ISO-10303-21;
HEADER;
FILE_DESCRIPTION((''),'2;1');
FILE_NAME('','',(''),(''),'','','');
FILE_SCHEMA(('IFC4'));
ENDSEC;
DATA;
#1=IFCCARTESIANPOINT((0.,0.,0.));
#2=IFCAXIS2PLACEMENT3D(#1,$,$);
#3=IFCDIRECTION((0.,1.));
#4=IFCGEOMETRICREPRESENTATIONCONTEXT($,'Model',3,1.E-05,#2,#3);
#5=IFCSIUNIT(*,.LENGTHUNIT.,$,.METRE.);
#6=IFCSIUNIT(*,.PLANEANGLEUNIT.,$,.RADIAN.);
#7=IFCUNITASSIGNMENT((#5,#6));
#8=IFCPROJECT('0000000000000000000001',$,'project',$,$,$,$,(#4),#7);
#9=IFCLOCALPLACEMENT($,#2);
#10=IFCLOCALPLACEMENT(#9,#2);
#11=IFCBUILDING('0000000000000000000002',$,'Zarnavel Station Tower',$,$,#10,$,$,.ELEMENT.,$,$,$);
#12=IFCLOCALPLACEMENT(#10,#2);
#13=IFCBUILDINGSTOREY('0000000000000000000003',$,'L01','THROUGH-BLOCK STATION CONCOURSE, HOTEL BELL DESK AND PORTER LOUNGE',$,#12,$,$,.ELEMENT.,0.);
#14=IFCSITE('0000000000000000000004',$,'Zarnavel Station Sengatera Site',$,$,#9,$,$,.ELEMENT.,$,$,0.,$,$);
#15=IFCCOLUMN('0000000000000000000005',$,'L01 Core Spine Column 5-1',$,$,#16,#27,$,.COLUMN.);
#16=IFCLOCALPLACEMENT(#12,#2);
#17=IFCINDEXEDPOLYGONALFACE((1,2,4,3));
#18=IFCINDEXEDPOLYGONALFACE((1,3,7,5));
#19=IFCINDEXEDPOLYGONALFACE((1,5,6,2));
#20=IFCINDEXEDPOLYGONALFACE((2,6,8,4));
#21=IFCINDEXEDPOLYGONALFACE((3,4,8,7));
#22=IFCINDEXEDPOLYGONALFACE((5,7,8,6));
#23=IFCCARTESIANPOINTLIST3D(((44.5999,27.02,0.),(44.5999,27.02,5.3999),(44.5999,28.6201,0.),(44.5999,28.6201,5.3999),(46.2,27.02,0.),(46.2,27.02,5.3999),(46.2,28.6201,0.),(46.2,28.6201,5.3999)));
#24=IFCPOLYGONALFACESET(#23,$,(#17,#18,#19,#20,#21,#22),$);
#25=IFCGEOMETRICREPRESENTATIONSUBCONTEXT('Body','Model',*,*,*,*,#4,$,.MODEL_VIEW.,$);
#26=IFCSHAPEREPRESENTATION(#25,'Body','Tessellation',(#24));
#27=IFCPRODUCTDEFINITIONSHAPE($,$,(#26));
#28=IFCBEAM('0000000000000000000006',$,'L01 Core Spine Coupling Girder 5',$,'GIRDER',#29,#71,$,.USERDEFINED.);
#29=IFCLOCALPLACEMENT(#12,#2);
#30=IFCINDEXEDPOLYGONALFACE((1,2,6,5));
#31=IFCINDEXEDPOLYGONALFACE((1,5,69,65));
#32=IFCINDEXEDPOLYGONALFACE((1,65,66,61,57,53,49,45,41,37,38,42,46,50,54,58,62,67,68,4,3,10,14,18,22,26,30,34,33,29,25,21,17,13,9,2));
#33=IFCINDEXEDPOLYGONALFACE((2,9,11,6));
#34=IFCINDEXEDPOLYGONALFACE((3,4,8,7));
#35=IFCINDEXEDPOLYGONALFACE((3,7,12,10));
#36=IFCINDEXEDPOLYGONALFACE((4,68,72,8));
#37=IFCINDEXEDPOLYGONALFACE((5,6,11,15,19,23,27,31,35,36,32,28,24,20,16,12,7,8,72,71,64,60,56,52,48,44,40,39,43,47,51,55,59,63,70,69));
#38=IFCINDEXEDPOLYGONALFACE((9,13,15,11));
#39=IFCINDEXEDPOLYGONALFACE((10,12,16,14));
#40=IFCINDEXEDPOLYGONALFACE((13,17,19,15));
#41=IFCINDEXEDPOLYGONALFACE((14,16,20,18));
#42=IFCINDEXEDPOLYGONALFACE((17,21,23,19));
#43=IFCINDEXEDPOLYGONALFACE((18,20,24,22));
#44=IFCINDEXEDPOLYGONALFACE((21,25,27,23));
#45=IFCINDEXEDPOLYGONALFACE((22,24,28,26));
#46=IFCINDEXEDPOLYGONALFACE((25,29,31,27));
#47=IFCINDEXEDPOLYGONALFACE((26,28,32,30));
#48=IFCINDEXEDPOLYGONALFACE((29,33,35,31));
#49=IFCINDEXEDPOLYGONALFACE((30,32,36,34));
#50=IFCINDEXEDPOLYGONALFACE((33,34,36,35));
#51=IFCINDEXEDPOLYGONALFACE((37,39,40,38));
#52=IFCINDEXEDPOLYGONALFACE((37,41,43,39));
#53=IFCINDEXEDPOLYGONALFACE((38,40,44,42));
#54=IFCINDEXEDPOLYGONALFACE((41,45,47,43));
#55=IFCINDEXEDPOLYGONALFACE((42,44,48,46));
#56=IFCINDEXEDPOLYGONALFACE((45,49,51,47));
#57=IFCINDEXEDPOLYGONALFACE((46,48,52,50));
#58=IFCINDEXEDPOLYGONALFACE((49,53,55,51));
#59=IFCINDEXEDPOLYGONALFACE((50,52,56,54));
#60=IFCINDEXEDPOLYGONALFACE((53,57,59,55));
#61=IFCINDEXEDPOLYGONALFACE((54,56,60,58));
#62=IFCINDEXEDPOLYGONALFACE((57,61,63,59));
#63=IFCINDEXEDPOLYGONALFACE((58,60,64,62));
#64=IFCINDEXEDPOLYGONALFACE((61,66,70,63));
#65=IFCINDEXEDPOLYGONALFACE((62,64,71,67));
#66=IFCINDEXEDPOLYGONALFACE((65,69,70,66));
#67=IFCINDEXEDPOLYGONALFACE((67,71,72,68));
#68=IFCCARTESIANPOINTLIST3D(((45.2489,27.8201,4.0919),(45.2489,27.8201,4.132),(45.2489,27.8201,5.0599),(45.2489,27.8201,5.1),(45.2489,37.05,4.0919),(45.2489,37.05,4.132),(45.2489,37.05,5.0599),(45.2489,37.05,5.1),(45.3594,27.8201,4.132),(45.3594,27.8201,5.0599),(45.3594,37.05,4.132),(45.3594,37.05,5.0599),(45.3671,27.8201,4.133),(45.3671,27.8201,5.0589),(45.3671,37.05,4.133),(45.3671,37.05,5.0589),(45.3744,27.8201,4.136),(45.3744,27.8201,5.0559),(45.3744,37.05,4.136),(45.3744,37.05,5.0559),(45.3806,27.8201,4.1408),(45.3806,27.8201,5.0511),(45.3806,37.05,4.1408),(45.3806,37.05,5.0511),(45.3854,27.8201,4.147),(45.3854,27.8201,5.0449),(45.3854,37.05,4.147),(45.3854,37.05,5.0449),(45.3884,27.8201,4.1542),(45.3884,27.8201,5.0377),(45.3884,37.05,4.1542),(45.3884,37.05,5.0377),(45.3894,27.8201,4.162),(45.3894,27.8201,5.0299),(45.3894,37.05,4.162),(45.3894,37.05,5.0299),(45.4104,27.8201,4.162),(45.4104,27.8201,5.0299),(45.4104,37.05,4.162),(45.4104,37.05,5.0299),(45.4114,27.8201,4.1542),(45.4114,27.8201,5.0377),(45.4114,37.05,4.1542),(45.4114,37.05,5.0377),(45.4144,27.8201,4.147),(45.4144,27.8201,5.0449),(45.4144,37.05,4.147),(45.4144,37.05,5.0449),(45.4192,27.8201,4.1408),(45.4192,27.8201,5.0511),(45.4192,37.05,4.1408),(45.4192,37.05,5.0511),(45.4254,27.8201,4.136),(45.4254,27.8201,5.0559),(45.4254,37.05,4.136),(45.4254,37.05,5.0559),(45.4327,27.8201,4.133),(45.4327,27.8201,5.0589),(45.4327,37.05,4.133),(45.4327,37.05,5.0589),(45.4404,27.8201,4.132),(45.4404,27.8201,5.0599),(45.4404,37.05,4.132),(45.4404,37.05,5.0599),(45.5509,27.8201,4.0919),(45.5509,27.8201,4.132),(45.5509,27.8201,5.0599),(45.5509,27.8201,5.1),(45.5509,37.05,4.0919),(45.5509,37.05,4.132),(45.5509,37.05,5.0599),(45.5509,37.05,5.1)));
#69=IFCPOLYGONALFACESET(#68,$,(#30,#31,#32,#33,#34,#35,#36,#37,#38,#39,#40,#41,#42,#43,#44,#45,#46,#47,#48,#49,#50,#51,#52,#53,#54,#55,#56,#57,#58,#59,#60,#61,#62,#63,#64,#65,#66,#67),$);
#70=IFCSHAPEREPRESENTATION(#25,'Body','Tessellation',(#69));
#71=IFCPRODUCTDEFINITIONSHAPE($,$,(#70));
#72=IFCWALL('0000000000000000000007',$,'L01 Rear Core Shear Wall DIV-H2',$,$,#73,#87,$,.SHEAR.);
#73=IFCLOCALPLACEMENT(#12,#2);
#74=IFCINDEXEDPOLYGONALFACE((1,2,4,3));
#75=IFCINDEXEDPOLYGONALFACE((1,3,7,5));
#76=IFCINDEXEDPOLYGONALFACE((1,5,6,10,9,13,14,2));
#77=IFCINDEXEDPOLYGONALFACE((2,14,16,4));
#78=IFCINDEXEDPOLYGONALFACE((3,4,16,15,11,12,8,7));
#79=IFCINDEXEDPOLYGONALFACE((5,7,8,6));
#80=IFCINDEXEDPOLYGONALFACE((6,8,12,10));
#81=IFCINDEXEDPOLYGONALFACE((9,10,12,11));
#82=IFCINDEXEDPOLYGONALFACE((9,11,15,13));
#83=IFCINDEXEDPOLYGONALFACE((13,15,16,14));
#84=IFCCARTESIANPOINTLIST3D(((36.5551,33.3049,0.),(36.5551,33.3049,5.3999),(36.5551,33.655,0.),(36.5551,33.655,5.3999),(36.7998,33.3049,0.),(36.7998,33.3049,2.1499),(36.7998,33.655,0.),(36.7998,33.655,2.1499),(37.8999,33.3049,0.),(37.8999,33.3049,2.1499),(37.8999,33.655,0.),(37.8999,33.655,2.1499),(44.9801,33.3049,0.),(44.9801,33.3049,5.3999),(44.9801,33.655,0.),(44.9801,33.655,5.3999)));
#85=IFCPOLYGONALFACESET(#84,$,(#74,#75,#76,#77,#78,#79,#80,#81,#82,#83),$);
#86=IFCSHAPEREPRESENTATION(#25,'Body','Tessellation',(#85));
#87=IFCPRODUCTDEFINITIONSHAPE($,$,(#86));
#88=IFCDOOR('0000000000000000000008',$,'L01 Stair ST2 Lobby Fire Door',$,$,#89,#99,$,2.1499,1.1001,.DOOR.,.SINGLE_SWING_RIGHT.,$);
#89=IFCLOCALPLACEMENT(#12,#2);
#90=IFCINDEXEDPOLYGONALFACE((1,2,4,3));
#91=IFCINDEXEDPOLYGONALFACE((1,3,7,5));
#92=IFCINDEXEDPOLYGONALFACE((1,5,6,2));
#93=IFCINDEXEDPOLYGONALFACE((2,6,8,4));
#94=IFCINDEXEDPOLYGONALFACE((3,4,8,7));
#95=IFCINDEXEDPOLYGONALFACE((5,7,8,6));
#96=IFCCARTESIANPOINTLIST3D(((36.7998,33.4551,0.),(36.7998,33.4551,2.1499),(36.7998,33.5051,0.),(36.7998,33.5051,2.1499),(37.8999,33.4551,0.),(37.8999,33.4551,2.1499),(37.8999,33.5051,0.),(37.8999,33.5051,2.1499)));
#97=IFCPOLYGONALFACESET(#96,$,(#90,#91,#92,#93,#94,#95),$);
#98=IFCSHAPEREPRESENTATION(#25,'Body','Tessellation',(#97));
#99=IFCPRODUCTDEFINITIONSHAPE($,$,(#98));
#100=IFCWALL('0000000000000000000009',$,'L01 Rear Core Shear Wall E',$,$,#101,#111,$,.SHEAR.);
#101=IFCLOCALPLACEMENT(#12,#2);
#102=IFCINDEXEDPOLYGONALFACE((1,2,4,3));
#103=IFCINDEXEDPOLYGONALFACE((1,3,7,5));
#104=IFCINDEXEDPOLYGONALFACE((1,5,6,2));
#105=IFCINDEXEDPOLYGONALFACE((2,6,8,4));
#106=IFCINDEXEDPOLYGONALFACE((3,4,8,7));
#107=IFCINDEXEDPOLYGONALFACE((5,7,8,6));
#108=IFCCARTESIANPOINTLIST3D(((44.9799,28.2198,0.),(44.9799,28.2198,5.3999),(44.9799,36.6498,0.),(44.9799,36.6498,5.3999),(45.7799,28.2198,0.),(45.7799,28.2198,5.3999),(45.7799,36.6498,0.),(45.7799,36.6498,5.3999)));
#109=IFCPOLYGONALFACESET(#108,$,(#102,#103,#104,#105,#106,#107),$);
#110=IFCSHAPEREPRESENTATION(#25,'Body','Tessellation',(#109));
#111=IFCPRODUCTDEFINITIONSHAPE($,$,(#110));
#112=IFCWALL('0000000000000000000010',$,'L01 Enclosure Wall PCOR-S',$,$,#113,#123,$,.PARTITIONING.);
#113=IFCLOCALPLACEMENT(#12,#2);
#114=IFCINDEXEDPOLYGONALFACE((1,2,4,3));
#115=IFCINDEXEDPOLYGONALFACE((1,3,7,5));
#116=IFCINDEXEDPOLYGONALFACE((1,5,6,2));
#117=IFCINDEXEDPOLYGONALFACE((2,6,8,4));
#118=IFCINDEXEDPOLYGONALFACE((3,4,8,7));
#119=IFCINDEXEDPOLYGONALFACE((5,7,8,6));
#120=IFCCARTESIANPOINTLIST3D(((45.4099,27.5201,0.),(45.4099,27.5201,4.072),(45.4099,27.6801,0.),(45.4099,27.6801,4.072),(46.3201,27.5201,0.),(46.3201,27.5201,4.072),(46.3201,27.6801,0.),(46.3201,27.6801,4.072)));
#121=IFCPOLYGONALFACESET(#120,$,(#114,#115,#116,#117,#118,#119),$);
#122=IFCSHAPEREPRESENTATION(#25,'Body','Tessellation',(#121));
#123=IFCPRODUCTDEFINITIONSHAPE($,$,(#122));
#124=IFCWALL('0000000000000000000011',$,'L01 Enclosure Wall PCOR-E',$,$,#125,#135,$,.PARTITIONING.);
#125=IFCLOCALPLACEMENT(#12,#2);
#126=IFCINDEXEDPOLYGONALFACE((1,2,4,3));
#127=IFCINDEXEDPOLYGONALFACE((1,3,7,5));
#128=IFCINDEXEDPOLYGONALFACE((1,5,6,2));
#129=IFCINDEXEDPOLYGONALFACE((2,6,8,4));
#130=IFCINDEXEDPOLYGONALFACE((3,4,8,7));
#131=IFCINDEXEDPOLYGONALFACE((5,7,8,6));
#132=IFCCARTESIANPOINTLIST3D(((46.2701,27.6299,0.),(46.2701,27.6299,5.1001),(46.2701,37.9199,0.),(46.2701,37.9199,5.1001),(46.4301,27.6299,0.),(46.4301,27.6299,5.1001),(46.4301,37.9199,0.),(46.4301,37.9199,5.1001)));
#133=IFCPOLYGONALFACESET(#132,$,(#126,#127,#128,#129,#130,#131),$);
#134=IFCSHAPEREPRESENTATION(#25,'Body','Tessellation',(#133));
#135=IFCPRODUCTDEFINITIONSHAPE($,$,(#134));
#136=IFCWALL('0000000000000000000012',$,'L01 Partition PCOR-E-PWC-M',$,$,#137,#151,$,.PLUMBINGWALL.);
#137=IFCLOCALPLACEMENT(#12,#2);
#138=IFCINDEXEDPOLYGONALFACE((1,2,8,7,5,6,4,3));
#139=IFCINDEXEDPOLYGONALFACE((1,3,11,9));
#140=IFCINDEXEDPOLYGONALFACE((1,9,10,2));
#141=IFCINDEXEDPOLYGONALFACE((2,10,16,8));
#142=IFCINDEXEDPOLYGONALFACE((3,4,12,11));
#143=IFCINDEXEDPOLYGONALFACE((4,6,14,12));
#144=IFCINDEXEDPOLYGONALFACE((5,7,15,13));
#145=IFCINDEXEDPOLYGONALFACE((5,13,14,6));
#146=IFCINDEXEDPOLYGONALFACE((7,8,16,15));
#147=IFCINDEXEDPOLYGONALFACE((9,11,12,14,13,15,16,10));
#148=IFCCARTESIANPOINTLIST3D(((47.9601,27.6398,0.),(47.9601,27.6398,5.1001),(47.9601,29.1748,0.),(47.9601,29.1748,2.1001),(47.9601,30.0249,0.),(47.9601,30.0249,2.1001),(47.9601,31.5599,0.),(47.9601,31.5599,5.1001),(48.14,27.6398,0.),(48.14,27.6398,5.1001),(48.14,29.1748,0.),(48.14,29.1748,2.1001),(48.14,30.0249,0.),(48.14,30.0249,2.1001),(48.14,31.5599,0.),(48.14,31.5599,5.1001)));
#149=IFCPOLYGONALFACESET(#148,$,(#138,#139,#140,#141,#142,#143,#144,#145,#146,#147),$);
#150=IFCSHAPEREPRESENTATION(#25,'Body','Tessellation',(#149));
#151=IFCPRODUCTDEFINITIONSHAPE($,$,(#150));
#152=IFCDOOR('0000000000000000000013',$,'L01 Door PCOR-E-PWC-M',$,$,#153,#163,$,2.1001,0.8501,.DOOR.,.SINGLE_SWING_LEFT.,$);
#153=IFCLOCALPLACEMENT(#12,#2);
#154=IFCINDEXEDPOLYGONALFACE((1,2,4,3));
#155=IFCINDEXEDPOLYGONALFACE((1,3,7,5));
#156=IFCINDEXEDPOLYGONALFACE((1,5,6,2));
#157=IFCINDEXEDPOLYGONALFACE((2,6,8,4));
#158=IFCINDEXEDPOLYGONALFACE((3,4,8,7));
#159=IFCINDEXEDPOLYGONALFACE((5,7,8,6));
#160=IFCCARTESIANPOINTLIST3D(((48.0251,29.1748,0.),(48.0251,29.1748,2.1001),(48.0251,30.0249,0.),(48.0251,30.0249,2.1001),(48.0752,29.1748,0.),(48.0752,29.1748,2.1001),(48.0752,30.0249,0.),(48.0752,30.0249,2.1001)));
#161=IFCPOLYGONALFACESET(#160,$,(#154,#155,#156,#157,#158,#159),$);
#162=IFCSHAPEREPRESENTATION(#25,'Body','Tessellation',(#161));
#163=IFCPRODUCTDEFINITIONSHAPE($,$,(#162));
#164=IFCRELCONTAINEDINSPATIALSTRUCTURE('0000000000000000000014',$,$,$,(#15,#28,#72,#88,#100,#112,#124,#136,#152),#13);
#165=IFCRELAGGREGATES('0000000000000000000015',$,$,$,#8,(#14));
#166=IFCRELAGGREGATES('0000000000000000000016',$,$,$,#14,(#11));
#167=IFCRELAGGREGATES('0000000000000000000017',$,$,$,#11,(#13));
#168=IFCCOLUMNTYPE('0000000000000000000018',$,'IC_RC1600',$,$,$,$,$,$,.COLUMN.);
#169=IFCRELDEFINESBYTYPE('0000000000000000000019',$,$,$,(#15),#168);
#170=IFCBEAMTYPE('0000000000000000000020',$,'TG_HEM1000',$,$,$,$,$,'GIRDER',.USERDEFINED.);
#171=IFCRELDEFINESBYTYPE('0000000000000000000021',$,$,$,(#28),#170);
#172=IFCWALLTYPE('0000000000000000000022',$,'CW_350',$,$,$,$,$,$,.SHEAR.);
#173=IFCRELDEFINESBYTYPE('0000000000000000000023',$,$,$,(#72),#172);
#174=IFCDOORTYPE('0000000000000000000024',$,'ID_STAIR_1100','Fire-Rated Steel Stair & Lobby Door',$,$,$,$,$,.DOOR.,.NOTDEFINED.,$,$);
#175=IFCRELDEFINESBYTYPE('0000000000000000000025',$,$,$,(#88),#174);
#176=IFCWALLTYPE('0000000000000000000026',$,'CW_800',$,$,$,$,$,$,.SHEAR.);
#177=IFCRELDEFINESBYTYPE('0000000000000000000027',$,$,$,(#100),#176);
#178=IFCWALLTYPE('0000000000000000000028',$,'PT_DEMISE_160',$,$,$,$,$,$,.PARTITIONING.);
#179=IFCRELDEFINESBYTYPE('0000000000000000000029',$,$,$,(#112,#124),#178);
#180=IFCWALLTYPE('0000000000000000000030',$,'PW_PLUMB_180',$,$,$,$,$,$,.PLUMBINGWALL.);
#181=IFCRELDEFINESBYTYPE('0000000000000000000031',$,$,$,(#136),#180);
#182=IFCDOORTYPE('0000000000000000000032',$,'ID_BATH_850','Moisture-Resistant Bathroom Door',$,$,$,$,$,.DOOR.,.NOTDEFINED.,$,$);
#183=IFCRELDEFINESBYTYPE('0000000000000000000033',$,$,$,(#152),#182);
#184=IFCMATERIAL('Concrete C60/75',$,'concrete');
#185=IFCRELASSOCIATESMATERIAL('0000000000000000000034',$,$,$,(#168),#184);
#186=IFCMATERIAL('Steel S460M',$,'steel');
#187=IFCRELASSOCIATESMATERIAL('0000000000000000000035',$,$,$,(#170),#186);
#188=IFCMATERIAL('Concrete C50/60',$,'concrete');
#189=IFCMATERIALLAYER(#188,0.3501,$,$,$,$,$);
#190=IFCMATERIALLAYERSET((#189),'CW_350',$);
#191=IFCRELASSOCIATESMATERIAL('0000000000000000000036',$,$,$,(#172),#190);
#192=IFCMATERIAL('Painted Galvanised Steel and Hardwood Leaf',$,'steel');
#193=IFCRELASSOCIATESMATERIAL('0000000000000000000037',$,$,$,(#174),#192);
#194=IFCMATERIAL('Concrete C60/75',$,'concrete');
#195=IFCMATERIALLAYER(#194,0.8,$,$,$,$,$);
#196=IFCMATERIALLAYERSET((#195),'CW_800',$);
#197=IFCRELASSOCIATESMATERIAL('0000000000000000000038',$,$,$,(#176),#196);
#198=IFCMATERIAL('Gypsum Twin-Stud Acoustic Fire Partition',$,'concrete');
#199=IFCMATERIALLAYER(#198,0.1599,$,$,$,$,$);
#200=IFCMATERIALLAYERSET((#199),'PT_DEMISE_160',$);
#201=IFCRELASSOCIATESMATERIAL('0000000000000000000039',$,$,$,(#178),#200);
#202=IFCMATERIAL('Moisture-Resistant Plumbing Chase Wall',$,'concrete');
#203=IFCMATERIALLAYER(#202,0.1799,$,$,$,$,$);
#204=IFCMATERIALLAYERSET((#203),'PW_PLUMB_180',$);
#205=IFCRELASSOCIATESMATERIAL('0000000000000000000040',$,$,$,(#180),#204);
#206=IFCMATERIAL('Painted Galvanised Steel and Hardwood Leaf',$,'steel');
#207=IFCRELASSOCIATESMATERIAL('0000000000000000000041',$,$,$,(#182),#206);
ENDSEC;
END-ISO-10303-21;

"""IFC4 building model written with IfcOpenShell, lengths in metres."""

from ifc_helpers import new_model, si_unit, direction, frame, frame_2d, origin, origin_2d, place, context, subcontext, project, spatial, rectangle, i_section, extrude, material, layer, layer_set, material_profile, profile_set, type_object, element, fill, save


model = new_model("IFC4")

# Units and contexts
model_context = context("Model", 3, precision=1e-05, world=origin(), true_north=direction((0.0, 1.0)))
body_context = subcontext(model_context, "Body", "Model", "MODEL_VIEW")
ifc_project = project(units=[si_unit("LENGTHUNIT", "METRE"), si_unit("PLANEANGLEUNIT", "RADIAN")], contexts=[model_context])

# Site, building, storey
site_placement = place(None, origin())
site = spatial("IfcSite", under=ifc_project, at=site_placement, Name="Zarnavel Station Sengatera Site", CompositionType="ELEMENT", RefElevation=0.0)
building_placement = place(site_placement, origin())
building = spatial("IfcBuilding", under=site, at=building_placement, Name="Zarnavel Station Tower", CompositionType="ELEMENT")
storey_placement = place(building_placement, origin())
storey = spatial("IfcBuildingStorey", under=building, at=storey_placement, Name="L01", Description="THROUGH-BLOCK STATION CONCOURSE, HOTEL BELL DESK AND PORTER LOUNGE", CompositionType="ELEMENT", Elevation=0.0)

# Column
ifc_material_1 = material(Name="Concrete C60/75", Category="concrete")
ifc_material_profile_1 = material_profile(ifc_material_1, rectangle(XDim=1.6001, YDim=1.6001, at=origin_2d()), Name="RC1600x1600")
ifc_profile_set_1 = profile_set([ifc_material_profile_1], Name="Concrete C60/75")
column_type = type_object("IfcColumnType", Name="IC_RC1600", PredefinedType="COLUMN", material=ifc_profile_set_1)
column_placement = place(storey_placement, frame((45.3999, 27.8201, 0.0), z_axis=(0.0, 0.0, 1.0), x_axis=(1.0, 0.0, 0.0)))
element("IfcColumn", 1, at=column_placement, inside=storey, type_object=column_type, Name="L01 Core Spine Column 5-1", PredefinedType="COLUMN", context=body_context, shape_type="SweptSolid", body=[
    extrude(rectangle(XDim=1.6001, YDim=1.6001, at=origin_2d()), origin(), (0.0, 0.0, 1.0), 5.3999),
])

# Beam
ifc_material_2 = material(Name="Steel S460M", Category="steel")
ifc_material_profile_2 = material_profile(ifc_material_2, i_section(OverallWidth=0.302, OverallDepth=1.0081, WebThickness=0.021, FlangeThickness=0.04, FilletRadius=0.03, at=origin_2d()), Name="HEM1000")
ifc_profile_set_2 = profile_set([ifc_material_profile_2], Name="Steel S460M")
beam_type = type_object("IfcBeamType", Name="TG_HEM1000", ElementType="GIRDER", PredefinedType="USERDEFINED", material=ifc_profile_set_2)
beam_placement = place(storey_placement, frame((45.3999, 27.8201, 4.5959), z_axis=(0.0, 1.0, 0.0), x_axis=(-1.0, 0.0, 0.0)))
element("IfcBeam", 2, at=beam_placement, inside=storey, type_object=beam_type, Name="L01 Core Spine Coupling Girder 5", ObjectType="GIRDER", PredefinedType="USERDEFINED", context=body_context, shape_type="SweptSolid", body=[
    extrude(i_section(OverallWidth=0.302, OverallDepth=1.0081, WebThickness=0.021, FlangeThickness=0.04, FilletRadius=0.03, at=origin_2d()), origin(), (0.0, 0.0, 1.0), 9.23),
])

# Wall, opening, door
ifc_material_3 = material(Name="Concrete C50/60", Category="concrete")
ifc_layer_1 = layer(ifc_material_3, 0.3501)
ifc_layer_set_1 = layer_set([ifc_layer_1], Name="CW_350")
wall_type_1 = type_object("IfcWallType", Name="CW_350", PredefinedType="SHEAR", material=ifc_layer_set_1)
wall_1_placement = place(storey_placement, frame((44.98, 33.48, 0.0), z_axis=(0.0, 0.0, 1.0), x_axis=(-1.0, 0.0, 0.0)))
wall_1 = element("IfcWall", 3, at=wall_1_placement, inside=storey, type_object=wall_type_1, Name="L01 Rear Core Shear Wall DIV-H2", PredefinedType="SHEAR", context=body_context, shape_type="SweptSolid", body=[
    extrude(rectangle(XDim=8.425, YDim=0.3501, at=frame_2d((4.2124, 0.0))), origin(), (0.0, 0.0, 1.0), 5.3999),
])
opening_1_placement = place(wall_1_placement, frame((7.0801, 0.0, 0.0)))
opening_1 = element("IfcOpeningElement", 4, at=opening_1_placement, cuts=wall_1, PredefinedType="OPENING", context=body_context, shape_type="SweptSolid", body=[
    extrude(rectangle(XDim=1.1001, YDim=2.1499, at=frame_2d((0.55, 1.075))), frame((0.0, 0.1851, 0.0), z_axis=(0.0, -1.0, 0.0), x_axis=(1.0, 0.0, 0.0)), (0.0, 0.0, 1.0), 0.3701),
])
ifc_material_4 = material(Name="Painted Galvanised Steel and Hardwood Leaf", Category="steel")
door_type_1 = type_object("IfcDoorType", Name="ID_STAIR_1100", Description="Fire-Rated Steel Stair & Lobby Door", OperationType="NOTDEFINED", PredefinedType="DOOR", material=ifc_material_4)
door_1_placement = place(opening_1_placement, origin())
door_1 = element("IfcDoor", 5, at=door_1_placement, inside=storey, type_object=door_type_1, Name="L01 Stair ST2 Lobby Fire Door", OperationType="SINGLE_SWING_RIGHT", OverallHeight=2.1499, OverallWidth=1.1001, PredefinedType="DOOR", context=body_context, shape_type="SweptSolid", body=[
    extrude(rectangle(XDim=1.1001, YDim=2.1499, at=frame_2d((0.55, 1.075))), frame((0.0, 0.0249, 0.0), z_axis=(0.0, -1.0, 0.0), x_axis=(1.0, 0.0, 0.0)), (0.0, 0.0, 1.0), 0.05),
])
fill(opening_1, door_1)

# Shared definitions
ifc_material_5 = material(Name="Concrete C60/75", Category="concrete")
ifc_layer_2 = layer(ifc_material_5, 0.8)
ifc_layer_set_2 = layer_set([ifc_layer_2], Name="CW_800")
wall_type_2 = type_object("IfcWallType", Name="CW_800", PredefinedType="SHEAR", material=ifc_layer_set_2)

# Walls
wall_2_placement = place(storey_placement, frame((45.3799, 28.22, 0.0), z_axis=(0.0, 0.0, 1.0), x_axis=(0.0, 1.0, 0.0)))
element("IfcWall", 6, at=wall_2_placement, inside=storey, type_object=wall_type_2, Name="L01 Rear Core Shear Wall E", PredefinedType="SHEAR", context=body_context, shape_type="SweptSolid", body=[
    extrude(rectangle(XDim=8.4299, YDim=0.8, at=frame_2d((4.2148, 0.0))), origin(), (0.0, 0.0, 1.0), 5.3999),
])
ifc_material_6 = material(Name="Gypsum Twin-Stud Acoustic Fire Partition", Category="concrete")
ifc_layer_3 = layer(ifc_material_6, 0.1599)
ifc_layer_set_3 = layer_set([ifc_layer_3], Name="PT_DEMISE_160")
wall_type_3 = type_object("IfcWallType", Name="PT_DEMISE_160", PredefinedType="PARTITIONING", material=ifc_layer_set_3)
wall_3_placement = place(storey_placement, frame((45.4099, 27.6001, 0.0), z_axis=(0.0, 0.0, 1.0), x_axis=(1.0, 0.0, 0.0)))
element("IfcWall", 7, at=wall_3_placement, inside=storey, type_object=wall_type_3, Name="L01 Enclosure Wall PCOR-S", PredefinedType="PARTITIONING", context=body_context, shape_type="SweptSolid", body=[
    extrude(rectangle(XDim=0.9102, YDim=0.1599, at=frame_2d((0.4551, 0.0))), origin(), (0.0, 0.0, 1.0), 4.072),
])
wall_4_placement = place(storey_placement, frame((46.3501, 27.6299, 0.0), z_axis=(0.0, 0.0, 1.0), x_axis=(0.0, 1.0, 0.0)))
element("IfcWall", 8, at=wall_4_placement, inside=storey, type_object=wall_type_3, Name="L01 Enclosure Wall PCOR-E", PredefinedType="PARTITIONING", context=body_context, shape_type="SweptSolid", body=[
    extrude(rectangle(XDim=10.29, YDim=0.1599, at=frame_2d((5.145, 0.0))), origin(), (0.0, 0.0, 1.0), 5.1001),
])

# Wall, opening, door
ifc_material_7 = material(Name="Moisture-Resistant Plumbing Chase Wall", Category="concrete")
ifc_layer_4 = layer(ifc_material_7, 0.1799)
ifc_layer_set_4 = layer_set([ifc_layer_4], Name="PW_PLUMB_180")
wall_type_4 = type_object("IfcWallType", Name="PW_PLUMB_180", PredefinedType="PLUMBINGWALL", material=ifc_layer_set_4)
wall_5_placement = place(storey_placement, frame((48.05, 27.6399, 0.0), z_axis=(0.0, 0.0, 1.0), x_axis=(0.0, 1.0, 0.0)))
wall_5 = element("IfcWall", 9, at=wall_5_placement, inside=storey, type_object=wall_type_4, Name="L01 Partition PCOR-E-PWC-M", PredefinedType="PLUMBINGWALL", context=body_context, shape_type="SweptSolid", body=[
    extrude(rectangle(XDim=3.9202, YDim=0.1799, at=frame_2d((1.96, 0.0))), origin(), (0.0, 0.0, 1.0), 5.1001),
])
opening_2_placement = place(wall_5_placement, frame((1.5349, 0.0, 0.0)))
opening_2 = element("IfcOpeningElement", 10, at=opening_2_placement, cuts=wall_5, PredefinedType="OPENING", context=body_context, shape_type="SweptSolid", body=[
    extrude(rectangle(XDim=0.8501, YDim=2.1001, at=frame_2d((0.425, 1.05))), frame((0.0, 0.0999, 0.0), z_axis=(0.0, -1.0, 0.0), x_axis=(1.0, 0.0, 0.0)), (0.0, 0.0, 1.0), 0.2),
])
ifc_material_8 = material(Name="Painted Galvanised Steel and Hardwood Leaf", Category="steel")
door_type_2 = type_object("IfcDoorType", Name="ID_BATH_850", Description="Moisture-Resistant Bathroom Door", OperationType="NOTDEFINED", PredefinedType="DOOR", material=ifc_material_8)
door_2_placement = place(opening_2_placement, origin())
door_2 = element("IfcDoor", 11, at=door_2_placement, inside=storey, type_object=door_type_2, Name="L01 Door PCOR-E-PWC-M", OperationType="SINGLE_SWING_LEFT", OverallHeight=2.1001, OverallWidth=0.8501, PredefinedType="DOOR", context=body_context, shape_type="SweptSolid", body=[
    extrude(rectangle(XDim=0.8501, YDim=2.1001, at=frame_2d((0.425, 1.05))), frame((0.0, 0.0249, 0.0), z_axis=(0.0, -1.0, 0.0), x_axis=(1.0, 0.0, 0.0)), (0.0, 0.0, 1.0), 0.05),
])
fill(opening_2, door_2)

save(model, "model.ifc")
